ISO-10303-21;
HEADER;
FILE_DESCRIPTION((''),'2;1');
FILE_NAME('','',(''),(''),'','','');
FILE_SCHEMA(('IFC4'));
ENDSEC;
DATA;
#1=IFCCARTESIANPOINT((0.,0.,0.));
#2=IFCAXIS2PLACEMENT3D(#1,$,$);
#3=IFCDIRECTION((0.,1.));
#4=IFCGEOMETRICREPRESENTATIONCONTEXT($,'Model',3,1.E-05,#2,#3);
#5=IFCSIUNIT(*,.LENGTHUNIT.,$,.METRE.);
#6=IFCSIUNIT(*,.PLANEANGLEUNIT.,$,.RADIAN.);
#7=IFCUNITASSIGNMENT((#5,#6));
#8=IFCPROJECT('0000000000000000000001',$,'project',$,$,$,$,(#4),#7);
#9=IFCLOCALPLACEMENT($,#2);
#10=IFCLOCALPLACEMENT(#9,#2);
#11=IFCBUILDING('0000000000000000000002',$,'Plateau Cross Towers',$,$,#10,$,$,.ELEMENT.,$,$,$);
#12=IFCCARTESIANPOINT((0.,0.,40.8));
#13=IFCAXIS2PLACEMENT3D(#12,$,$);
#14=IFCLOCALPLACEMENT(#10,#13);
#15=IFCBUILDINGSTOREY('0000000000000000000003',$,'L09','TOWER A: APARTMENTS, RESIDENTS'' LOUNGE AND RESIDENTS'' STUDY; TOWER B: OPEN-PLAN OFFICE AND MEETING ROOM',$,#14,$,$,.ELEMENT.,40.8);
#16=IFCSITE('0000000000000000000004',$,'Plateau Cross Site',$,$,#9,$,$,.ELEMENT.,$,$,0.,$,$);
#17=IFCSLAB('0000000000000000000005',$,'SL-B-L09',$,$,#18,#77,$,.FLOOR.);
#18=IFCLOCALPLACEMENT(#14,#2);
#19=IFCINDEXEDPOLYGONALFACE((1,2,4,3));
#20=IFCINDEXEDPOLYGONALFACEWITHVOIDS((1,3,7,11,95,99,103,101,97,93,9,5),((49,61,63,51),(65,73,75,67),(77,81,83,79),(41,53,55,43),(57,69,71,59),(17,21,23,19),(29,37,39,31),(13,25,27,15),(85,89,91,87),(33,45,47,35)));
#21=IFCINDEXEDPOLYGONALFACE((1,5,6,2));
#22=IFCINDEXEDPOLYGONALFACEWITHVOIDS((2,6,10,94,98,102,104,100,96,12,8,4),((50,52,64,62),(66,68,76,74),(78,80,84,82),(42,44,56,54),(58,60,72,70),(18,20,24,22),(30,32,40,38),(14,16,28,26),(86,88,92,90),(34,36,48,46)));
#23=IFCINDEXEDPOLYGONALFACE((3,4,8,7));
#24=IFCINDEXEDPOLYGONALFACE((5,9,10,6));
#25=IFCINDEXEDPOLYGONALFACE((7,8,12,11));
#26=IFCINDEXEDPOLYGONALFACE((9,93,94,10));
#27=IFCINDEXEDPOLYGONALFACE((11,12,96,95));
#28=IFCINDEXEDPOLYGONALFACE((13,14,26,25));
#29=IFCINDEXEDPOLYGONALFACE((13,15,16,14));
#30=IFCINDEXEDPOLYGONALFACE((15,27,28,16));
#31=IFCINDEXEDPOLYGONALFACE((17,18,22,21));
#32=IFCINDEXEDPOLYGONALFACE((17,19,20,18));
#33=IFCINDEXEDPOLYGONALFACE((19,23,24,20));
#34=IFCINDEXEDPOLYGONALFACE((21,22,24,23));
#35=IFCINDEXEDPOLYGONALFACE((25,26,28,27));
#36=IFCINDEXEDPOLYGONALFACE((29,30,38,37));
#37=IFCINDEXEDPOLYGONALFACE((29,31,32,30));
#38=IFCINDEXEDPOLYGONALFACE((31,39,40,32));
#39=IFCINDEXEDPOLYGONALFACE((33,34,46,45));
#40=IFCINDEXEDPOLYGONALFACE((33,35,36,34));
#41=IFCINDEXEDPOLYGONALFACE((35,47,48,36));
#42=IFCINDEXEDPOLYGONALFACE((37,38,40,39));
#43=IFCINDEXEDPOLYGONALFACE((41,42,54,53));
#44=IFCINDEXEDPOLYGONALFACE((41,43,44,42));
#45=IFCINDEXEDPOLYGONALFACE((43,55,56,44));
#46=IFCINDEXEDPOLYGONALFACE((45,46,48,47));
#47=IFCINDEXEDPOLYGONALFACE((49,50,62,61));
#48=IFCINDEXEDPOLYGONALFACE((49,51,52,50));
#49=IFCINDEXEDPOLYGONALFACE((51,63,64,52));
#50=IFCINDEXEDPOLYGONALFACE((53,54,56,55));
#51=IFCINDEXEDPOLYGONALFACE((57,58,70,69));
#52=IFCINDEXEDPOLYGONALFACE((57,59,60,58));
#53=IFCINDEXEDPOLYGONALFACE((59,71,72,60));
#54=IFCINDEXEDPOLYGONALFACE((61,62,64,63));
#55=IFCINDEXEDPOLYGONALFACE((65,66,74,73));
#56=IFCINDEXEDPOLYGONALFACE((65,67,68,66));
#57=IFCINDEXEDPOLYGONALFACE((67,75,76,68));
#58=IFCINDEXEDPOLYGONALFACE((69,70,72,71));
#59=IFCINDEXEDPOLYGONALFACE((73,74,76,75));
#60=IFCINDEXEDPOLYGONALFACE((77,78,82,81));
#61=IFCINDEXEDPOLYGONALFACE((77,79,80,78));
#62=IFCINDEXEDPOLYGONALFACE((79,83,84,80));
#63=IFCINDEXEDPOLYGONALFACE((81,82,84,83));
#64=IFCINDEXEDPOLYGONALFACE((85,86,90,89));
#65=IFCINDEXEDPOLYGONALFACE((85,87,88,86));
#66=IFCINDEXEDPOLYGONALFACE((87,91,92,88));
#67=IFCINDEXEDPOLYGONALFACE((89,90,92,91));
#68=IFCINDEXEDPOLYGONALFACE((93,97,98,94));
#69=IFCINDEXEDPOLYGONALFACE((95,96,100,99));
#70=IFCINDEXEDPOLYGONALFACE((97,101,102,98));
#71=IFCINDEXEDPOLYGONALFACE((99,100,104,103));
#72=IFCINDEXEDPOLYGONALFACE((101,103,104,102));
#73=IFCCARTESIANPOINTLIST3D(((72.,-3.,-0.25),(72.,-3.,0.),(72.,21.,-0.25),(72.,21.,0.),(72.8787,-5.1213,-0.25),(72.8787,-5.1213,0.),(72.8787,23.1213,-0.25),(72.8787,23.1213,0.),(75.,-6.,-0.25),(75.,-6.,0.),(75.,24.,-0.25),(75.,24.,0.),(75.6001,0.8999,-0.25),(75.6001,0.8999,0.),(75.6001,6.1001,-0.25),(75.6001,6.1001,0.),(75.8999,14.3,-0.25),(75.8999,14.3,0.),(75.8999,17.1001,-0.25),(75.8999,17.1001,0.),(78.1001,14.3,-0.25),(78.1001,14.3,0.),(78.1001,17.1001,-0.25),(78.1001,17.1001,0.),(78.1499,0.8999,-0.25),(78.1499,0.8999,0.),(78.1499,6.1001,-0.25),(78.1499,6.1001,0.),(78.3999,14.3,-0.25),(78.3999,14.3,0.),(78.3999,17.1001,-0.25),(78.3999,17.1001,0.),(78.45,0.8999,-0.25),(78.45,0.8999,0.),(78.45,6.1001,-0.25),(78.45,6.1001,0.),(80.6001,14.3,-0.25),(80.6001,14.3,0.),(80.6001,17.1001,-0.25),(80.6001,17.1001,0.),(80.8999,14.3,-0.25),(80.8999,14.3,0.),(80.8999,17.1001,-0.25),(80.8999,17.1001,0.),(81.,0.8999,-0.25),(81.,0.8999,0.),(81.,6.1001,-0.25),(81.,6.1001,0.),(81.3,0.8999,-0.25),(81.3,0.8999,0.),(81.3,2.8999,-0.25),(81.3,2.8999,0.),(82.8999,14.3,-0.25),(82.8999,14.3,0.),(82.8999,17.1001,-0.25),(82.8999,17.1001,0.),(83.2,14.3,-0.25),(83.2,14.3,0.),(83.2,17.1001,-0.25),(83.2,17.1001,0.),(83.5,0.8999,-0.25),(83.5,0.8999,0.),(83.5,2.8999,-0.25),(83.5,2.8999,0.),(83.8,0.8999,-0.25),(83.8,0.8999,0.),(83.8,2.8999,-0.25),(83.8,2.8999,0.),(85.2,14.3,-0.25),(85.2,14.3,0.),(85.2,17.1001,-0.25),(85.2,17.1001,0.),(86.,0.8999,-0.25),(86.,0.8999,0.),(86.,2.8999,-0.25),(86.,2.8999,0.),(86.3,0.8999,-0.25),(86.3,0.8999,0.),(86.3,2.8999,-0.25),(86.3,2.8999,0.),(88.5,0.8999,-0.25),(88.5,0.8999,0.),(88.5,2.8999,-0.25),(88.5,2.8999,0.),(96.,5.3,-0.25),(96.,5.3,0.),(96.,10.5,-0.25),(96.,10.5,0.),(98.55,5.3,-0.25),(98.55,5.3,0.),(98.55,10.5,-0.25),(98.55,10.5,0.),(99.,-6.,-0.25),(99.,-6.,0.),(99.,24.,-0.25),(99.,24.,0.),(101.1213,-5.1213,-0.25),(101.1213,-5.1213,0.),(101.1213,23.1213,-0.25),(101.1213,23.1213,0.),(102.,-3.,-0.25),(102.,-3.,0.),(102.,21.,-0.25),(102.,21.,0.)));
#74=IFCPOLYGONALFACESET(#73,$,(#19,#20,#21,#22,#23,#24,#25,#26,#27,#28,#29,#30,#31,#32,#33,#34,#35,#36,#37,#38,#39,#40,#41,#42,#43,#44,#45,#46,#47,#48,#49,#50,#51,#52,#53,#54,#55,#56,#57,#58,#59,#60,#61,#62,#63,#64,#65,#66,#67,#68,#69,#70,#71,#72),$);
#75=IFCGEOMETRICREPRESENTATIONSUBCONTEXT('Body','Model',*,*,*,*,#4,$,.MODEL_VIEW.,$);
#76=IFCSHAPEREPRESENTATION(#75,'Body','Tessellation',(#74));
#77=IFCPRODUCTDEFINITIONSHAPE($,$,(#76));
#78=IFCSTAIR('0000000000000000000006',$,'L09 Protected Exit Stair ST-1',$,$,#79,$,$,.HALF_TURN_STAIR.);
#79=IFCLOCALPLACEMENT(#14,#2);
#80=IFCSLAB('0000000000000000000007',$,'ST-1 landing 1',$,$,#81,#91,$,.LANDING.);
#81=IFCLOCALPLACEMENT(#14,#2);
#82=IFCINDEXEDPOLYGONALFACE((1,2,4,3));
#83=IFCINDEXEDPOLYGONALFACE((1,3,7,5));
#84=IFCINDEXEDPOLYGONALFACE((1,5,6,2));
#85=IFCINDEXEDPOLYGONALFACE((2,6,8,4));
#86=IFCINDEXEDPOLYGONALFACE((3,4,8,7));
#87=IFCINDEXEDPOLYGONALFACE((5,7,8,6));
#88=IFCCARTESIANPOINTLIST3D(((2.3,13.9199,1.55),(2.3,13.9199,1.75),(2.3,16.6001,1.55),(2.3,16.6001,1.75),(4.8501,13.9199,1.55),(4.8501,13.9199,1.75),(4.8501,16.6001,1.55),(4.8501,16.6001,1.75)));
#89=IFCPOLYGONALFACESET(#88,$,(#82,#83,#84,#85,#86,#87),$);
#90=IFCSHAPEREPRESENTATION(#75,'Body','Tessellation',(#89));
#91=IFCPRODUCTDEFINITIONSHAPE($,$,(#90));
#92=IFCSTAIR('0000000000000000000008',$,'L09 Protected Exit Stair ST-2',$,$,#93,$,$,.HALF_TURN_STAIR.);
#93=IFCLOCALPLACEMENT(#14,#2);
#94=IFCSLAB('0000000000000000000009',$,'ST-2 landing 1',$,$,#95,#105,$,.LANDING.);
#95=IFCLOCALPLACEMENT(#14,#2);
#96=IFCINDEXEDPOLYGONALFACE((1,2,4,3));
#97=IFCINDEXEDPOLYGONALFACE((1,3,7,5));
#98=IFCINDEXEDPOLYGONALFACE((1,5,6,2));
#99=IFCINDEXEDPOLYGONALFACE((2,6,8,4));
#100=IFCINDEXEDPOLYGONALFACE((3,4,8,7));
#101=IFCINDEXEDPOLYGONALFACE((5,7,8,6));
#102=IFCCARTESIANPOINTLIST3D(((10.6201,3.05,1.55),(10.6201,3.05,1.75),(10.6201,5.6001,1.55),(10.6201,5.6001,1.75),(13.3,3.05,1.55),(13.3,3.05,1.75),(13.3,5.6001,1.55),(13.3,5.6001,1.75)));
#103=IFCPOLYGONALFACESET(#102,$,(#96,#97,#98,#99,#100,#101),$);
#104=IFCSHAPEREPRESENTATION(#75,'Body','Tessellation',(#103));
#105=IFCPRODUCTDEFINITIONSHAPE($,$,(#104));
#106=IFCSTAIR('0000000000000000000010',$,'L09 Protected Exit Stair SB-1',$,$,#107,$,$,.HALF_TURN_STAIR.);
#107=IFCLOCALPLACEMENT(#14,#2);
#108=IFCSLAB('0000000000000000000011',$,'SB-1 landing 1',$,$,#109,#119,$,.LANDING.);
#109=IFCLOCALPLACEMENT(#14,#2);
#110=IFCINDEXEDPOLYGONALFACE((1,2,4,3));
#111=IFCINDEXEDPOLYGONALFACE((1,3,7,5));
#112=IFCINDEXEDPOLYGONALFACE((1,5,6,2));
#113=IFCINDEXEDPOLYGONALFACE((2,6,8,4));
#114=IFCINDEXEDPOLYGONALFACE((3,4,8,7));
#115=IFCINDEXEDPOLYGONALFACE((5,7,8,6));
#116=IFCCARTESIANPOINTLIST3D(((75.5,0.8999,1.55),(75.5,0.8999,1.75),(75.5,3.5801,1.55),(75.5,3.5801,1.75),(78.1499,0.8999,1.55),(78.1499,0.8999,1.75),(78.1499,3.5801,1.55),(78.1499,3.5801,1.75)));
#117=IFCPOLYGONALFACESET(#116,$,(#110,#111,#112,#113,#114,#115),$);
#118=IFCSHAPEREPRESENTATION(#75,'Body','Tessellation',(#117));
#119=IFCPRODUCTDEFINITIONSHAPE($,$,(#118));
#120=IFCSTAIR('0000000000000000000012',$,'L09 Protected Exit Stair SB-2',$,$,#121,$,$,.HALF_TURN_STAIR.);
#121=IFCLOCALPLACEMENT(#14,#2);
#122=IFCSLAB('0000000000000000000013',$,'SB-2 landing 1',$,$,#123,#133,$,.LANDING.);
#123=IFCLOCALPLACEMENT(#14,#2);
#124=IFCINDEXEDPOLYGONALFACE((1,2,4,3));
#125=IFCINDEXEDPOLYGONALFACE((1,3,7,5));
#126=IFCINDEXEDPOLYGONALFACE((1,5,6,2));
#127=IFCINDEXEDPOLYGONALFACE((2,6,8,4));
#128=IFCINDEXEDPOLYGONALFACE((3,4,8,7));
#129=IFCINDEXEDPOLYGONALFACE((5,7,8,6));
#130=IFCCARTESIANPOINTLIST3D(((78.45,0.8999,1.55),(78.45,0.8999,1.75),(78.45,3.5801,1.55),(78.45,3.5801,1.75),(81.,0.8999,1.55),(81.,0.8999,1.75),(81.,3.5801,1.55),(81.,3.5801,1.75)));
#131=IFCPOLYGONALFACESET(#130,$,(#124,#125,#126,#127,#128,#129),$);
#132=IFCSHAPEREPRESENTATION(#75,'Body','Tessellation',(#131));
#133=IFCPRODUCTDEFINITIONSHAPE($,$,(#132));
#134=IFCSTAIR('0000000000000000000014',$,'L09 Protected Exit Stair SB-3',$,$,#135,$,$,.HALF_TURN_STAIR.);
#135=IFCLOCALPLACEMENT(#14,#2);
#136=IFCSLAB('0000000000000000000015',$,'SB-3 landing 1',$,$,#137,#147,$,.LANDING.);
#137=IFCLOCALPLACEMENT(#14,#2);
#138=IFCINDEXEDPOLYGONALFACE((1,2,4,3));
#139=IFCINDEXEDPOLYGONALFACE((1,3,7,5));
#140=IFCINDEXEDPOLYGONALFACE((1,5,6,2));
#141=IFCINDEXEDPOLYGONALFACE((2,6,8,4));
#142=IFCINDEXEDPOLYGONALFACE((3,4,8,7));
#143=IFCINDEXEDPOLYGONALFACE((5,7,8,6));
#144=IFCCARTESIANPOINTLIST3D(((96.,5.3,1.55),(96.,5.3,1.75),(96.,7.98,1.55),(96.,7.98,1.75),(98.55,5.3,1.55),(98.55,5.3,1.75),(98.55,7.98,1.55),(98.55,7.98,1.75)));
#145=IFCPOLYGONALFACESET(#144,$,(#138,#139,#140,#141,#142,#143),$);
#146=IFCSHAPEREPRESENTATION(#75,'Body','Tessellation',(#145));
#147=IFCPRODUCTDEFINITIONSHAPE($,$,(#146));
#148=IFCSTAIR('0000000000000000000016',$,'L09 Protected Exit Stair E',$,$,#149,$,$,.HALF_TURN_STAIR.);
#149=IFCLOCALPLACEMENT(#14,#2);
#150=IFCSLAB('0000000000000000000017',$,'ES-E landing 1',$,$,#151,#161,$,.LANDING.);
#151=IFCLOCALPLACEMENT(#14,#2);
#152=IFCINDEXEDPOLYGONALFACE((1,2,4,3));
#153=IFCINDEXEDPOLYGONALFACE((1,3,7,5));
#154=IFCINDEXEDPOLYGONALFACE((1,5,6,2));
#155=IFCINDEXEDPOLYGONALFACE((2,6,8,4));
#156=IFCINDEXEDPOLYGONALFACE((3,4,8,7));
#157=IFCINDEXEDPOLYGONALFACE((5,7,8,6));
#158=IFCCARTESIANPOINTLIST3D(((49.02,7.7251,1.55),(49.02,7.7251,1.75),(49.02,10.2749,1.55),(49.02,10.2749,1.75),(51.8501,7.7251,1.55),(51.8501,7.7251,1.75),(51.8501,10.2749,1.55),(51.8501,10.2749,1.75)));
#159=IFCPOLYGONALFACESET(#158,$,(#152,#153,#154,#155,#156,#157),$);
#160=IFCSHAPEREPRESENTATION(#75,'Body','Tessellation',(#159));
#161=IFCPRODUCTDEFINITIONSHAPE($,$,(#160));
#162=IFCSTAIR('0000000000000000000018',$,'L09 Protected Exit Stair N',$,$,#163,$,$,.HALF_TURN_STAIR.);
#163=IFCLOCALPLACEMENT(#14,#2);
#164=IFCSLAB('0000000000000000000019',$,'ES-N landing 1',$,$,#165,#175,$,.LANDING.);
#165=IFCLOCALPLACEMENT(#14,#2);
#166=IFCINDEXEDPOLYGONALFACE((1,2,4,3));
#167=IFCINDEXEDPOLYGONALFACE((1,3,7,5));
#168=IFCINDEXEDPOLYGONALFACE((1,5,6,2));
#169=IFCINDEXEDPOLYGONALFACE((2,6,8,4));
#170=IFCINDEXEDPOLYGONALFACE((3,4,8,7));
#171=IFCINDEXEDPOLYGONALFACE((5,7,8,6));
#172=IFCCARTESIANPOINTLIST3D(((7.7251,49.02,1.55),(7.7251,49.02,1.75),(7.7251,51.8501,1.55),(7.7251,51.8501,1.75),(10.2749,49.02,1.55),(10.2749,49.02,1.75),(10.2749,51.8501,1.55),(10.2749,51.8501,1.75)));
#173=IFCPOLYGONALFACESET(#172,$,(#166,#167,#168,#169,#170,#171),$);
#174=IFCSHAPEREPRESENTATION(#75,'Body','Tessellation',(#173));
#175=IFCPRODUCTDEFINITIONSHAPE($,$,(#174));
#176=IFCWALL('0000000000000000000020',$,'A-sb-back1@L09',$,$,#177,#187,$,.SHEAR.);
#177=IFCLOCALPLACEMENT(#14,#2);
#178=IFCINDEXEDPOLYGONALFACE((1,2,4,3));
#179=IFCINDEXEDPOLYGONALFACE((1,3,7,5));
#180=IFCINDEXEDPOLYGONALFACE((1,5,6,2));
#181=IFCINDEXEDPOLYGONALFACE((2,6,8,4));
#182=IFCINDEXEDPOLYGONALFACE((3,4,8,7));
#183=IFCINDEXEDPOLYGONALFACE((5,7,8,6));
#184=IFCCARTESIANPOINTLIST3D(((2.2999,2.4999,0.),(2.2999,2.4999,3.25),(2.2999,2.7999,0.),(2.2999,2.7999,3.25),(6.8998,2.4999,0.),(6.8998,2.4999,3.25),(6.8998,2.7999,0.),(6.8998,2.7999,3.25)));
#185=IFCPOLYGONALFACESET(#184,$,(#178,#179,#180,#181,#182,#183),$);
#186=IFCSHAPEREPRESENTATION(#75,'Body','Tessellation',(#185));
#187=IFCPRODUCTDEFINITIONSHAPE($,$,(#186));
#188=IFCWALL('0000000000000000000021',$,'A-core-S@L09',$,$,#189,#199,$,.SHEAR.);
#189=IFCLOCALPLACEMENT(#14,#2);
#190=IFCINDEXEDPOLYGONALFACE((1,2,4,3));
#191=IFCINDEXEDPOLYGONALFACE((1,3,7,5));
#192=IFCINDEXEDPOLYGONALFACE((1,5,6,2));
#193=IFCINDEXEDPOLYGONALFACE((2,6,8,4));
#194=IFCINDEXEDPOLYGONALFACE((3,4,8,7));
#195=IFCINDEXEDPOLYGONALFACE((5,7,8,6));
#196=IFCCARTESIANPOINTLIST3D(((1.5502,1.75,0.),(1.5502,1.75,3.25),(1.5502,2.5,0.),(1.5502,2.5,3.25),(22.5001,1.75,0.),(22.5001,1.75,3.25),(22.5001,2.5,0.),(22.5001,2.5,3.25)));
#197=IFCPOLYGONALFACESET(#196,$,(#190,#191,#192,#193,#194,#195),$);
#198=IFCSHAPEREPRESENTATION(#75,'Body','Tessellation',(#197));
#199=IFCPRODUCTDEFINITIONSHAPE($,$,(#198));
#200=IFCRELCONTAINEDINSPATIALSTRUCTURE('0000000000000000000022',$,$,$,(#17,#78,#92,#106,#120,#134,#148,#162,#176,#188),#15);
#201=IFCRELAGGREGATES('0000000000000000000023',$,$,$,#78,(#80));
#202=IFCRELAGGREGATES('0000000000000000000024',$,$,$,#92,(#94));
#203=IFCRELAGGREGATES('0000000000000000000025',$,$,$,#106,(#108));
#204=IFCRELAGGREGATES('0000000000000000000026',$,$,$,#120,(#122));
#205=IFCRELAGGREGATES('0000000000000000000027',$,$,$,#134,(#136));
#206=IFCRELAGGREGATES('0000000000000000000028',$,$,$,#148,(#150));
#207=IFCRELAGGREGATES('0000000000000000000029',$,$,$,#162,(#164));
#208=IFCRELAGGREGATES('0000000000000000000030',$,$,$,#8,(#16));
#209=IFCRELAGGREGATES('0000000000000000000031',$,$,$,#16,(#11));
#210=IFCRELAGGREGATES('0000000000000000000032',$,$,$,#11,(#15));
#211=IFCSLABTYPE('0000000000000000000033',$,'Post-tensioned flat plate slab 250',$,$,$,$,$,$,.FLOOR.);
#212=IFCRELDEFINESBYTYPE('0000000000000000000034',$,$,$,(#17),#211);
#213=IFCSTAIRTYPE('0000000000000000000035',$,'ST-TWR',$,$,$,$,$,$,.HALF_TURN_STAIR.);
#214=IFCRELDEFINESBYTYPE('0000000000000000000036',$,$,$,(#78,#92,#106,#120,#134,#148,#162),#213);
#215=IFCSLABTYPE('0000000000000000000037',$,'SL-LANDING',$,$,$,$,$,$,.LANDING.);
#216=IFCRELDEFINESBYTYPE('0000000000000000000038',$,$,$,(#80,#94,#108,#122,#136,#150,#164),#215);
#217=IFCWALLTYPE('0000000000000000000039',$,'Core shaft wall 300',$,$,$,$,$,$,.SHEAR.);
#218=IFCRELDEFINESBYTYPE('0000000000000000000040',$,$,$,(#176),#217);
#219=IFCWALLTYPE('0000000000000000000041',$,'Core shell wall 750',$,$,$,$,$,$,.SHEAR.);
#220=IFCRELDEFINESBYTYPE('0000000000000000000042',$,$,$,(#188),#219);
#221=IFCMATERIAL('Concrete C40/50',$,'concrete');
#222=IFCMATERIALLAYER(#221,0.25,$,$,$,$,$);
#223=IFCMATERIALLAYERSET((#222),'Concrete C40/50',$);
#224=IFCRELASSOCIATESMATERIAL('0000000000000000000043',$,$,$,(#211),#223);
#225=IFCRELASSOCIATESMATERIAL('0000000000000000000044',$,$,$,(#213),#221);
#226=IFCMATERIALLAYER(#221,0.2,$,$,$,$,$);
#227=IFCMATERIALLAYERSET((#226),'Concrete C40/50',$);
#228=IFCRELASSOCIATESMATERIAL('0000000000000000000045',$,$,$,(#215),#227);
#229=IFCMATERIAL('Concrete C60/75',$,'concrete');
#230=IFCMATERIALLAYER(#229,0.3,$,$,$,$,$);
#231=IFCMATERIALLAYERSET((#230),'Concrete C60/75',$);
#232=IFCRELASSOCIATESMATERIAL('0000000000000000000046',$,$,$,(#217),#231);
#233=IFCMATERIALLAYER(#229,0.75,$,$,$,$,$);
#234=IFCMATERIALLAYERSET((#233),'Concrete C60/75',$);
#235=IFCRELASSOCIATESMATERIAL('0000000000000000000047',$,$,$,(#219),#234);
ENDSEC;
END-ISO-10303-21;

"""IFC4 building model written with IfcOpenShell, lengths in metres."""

from ifc_helpers import new_model, si_unit, direction, frame, frame_2d, origin, place, context, subcontext, project, spatial, polyline, rectangle, outline, extrude, material, layer, layer_set, type_object, element, aggregate, save


model = new_model("IFC4")

# Units and contexts
model_context = context("Model", 3, precision=1e-05, world=origin(), true_north=direction((0.0, 1.0)))
body_context = subcontext(model_context, "Body", "Model", "MODEL_VIEW")
ifc_project = project(units=[si_unit("LENGTHUNIT", "METRE"), si_unit("PLANEANGLEUNIT", "RADIAN")], contexts=[model_context])

# Site, building, storey
site_placement = place(None, origin())
site = spatial("IfcSite", under=ifc_project, at=site_placement, Name="Plateau Cross Site", CompositionType="ELEMENT", RefElevation=0.0)
building_placement = place(site_placement, origin())
building = spatial("IfcBuilding", under=site, at=building_placement, Name="Plateau Cross Towers", CompositionType="ELEMENT")
storey_placement = place(building_placement, frame((0.0, 0.0, 40.8)))
storey = spatial("IfcBuildingStorey", under=building, at=storey_placement, Name="L09", Description="TOWER A: APARTMENTS, RESIDENTS' LOUNGE AND RESIDENTS' STUDY; TOWER B: OPEN-PLAN OFFICE AND MEETING ROOM", CompositionType="ELEMENT", Elevation=40.8)

# Shared definitions
ifc_material_1 = material(Name="Concrete C60/75", Category="concrete")

# Shared definitions
ifc_material_2 = material(Name="Concrete C40/50", Category="concrete")

# Slab
ifc_layer_1 = layer(ifc_material_2, 0.25)
ifc_layer_set_1 = layer_set([ifc_layer_1], Name="Concrete C40/50")
slab_type_1 = type_object("IfcSlabType", Name="Post-tensioned flat plate slab 250", PredefinedType="FLOOR", material=ifc_layer_set_1)
slab_1_placement = place(storey_placement, frame((0.0, 0.0, -0.25)))
element("IfcSlab", 1, at=slab_1_placement, inside=storey, type_object=slab_type_1, Name="SL-B-L09", PredefinedType="FLOOR", context=body_context, shape_type="SweptSolid", body=[
    extrude(outline(polyline([(72.8787, -5.1213), (72.0, -3.0), (72.0, 21.0), (72.8787, 23.1213), (75.0, 24.0), (99.0, 24.0), (101.1213, 23.1213), (102.0, 21.0), (102.0, -3.0), (101.1213, -5.1213), (99.0, -6.0), (75.0, -6.0), (72.8787, -5.1213)]), holes=[polyline([(75.6001, 0.8999), (78.1499, 0.8999), (78.1499, 6.1001), (75.6001, 6.1001), (75.6001, 0.8999)]), polyline([(78.1001, 14.3), (78.1001, 17.1001), (75.8999, 17.1001), (75.8999, 14.3), (78.1001, 14.3)]), polyline([(83.5, 0.8999), (83.5, 2.8999), (81.3, 2.8999), (81.3, 0.8999), (83.5, 0.8999)]), polyline([(86.0, 0.8999), (86.0, 2.8999), (83.8, 2.8999), (83.8, 0.8999), (86.0, 0.8999)]), polyline([(88.5, 0.8999), (88.5, 2.8999), (86.3, 2.8999), (86.3, 0.8999), (88.5, 0.8999)]), polyline([(78.45, 0.8999), (81.0, 0.8999), (81.0, 6.1001), (78.45, 6.1001), (78.45, 0.8999)]), polyline([(96.0, 5.3), (98.55, 5.3), (98.55, 10.5), (96.0, 10.5), (96.0, 5.3)]), polyline([(80.6001, 14.3), (80.6001, 17.1001), (78.3999, 17.1001), (78.3999, 14.3), (80.6001, 14.3)]), polyline([(80.8999, 14.3), (82.8999, 14.3), (82.8999, 17.1001), (80.8999, 17.1001), (80.8999, 14.3)]), polyline([(83.2, 14.3), (85.2, 14.3), (85.2, 17.1001), (83.2, 17.1001), (83.2, 14.3)])]), origin(), (0.0, 0.0, 1.0), 0.25),
])

# Stairs, slabs
stair_type = type_object("IfcStairType", Name="ST-TWR", PredefinedType="HALF_TURN_STAIR", material=ifc_material_2)
stair_1_placement = place(storey_placement, origin())
stair_1 = element("IfcStair", 2, at=stair_1_placement, inside=storey, type_object=stair_type, Name="L09 Protected Exit Stair ST-1", PredefinedType="HALF_TURN_STAIR")
ifc_layer_2 = layer(ifc_material_2, 0.2)
ifc_layer_set_2 = layer_set([ifc_layer_2], Name="Concrete C40/50")
slab_type_2 = type_object("IfcSlabType", Name="SL-LANDING", PredefinedType="LANDING", material=ifc_layer_set_2)
slab_2_placement = place(storey_placement, frame((0.0, 0.0, 1.55)))
slab_2 = element("IfcSlab", 3, at=slab_2_placement, type_object=slab_type_2, Name="ST-1 landing 1", PredefinedType="LANDING", context=body_context, shape_type="SweptSolid", body=[
    extrude(outline(polyline([(4.8501, 13.9199), (4.8501, 16.6001), (2.3, 16.6001), (2.3, 13.9199), (4.8501, 13.9199)])), origin(), (0.0, 0.0, 1.0), 0.2),
])
aggregate(stair_1, [slab_2])
stair_2_placement = place(storey_placement, origin())
stair_2 = element("IfcStair", 4, at=stair_2_placement, inside=storey, type_object=stair_type, Name="L09 Protected Exit Stair ST-2", PredefinedType="HALF_TURN_STAIR")
slab_3_placement = place(storey_placement, frame((0.0, 0.0, 1.55)))
slab_3 = element("IfcSlab", 5, at=slab_3_placement, type_object=slab_type_2, Name="ST-2 landing 1", PredefinedType="LANDING", context=body_context, shape_type="SweptSolid", body=[
    extrude(outline(polyline([(10.6201, 3.05), (13.3, 3.05), (13.3, 5.6001), (10.6201, 5.6001), (10.6201, 3.05)])), origin(), (0.0, 0.0, 1.0), 0.2),
])
aggregate(stair_2, [slab_3])
stair_3_placement = place(storey_placement, origin())
stair_3 = element("IfcStair", 6, at=stair_3_placement, inside=storey, type_object=stair_type, Name="L09 Protected Exit Stair SB-1", PredefinedType="HALF_TURN_STAIR")
slab_4_placement = place(storey_placement, frame((0.0, 0.0, 1.55)))
slab_4 = element("IfcSlab", 7, at=slab_4_placement, type_object=slab_type_2, Name="SB-1 landing 1", PredefinedType="LANDING", context=body_context, shape_type="SweptSolid", body=[
    extrude(outline(polyline([(75.5, 3.5801), (75.5, 0.8999), (78.1499, 0.8999), (78.1499, 3.5801), (75.5, 3.5801)])), origin(), (0.0, 0.0, 1.0), 0.2),
])
aggregate(stair_3, [slab_4])
stair_4_placement = place(storey_placement, origin())
stair_4 = element("IfcStair", 8, at=stair_4_placement, inside=storey, type_object=stair_type, Name="L09 Protected Exit Stair SB-2", PredefinedType="HALF_TURN_STAIR")
slab_5_placement = place(storey_placement, frame((0.0, 0.0, 1.55)))
slab_5 = element("IfcSlab", 9, at=slab_5_placement, type_object=slab_type_2, Name="SB-2 landing 1", PredefinedType="LANDING", context=body_context, shape_type="SweptSolid", body=[
    extrude(outline(polyline([(78.45, 3.5801), (78.45, 0.8999), (81.0, 0.8999), (81.0, 3.5801), (78.45, 3.5801)])), origin(), (0.0, 0.0, 1.0), 0.2),
])
aggregate(stair_4, [slab_5])
stair_5_placement = place(storey_placement, origin())
stair_5 = element("IfcStair", 10, at=stair_5_placement, inside=storey, type_object=stair_type, Name="L09 Protected Exit Stair SB-3", PredefinedType="HALF_TURN_STAIR")
slab_6_placement = place(storey_placement, frame((0.0, 0.0, 1.55)))
slab_6 = element("IfcSlab", 11, at=slab_6_placement, type_object=slab_type_2, Name="SB-3 landing 1", PredefinedType="LANDING", context=body_context, shape_type="SweptSolid", body=[
    extrude(outline(polyline([(96.0, 7.98), (96.0, 5.3), (98.55, 5.3), (98.55, 7.98), (96.0, 7.98)])), origin(), (0.0, 0.0, 1.0), 0.2),
])
aggregate(stair_5, [slab_6])
stair_6_placement = place(storey_placement, origin())
stair_6 = element("IfcStair", 12, at=stair_6_placement, inside=storey, type_object=stair_type, Name="L09 Protected Exit Stair E", PredefinedType="HALF_TURN_STAIR")
slab_7_placement = place(storey_placement, frame((0.0, 0.0, 1.55)))
slab_7 = element("IfcSlab", 13, at=slab_7_placement, type_object=slab_type_2, Name="ES-E landing 1", PredefinedType="LANDING", context=body_context, shape_type="SweptSolid", body=[
    extrude(outline(polyline([(49.02, 7.7251), (51.8501, 7.7251), (51.8501, 10.2749), (49.02, 10.2749), (49.02, 7.7251)])), origin(), (0.0, 0.0, 1.0), 0.2),
])
aggregate(stair_6, [slab_7])
stair_7_placement = place(storey_placement, origin())
stair_7 = element("IfcStair", 14, at=stair_7_placement, inside=storey, type_object=stair_type, Name="L09 Protected Exit Stair N", PredefinedType="HALF_TURN_STAIR")
slab_8_placement = place(storey_placement, frame((0.0, 0.0, 1.55)))
slab_8 = element("IfcSlab", 15, at=slab_8_placement, type_object=slab_type_2, Name="ES-N landing 1", PredefinedType="LANDING", context=body_context, shape_type="SweptSolid", body=[
    extrude(outline(polyline([(10.2749, 49.02), (10.2749, 51.8501), (7.7251, 51.8501), (7.7251, 49.02), (10.2749, 49.02)])), origin(), (0.0, 0.0, 1.0), 0.2),
])
aggregate(stair_7, [slab_8])

# Walls
ifc_layer_3 = layer(ifc_material_1, 0.3)
ifc_layer_set_3 = layer_set([ifc_layer_3], Name="Concrete C60/75")
wall_type_1 = type_object("IfcWallType", Name="Core shaft wall 300", PredefinedType="SHEAR", material=ifc_layer_set_3)
wall_1_placement = place(storey_placement, frame((2.3, 2.6499, 0.0), z_axis=(0.0, 0.0, 1.0), x_axis=(1.0, 0.0, 0.0)))
element("IfcWall", 16, at=wall_1_placement, inside=storey, type_object=wall_type_1, Name="A-sb-back1@L09", PredefinedType="SHEAR", context=body_context, shape_type="SweptSolid", body=[
    extrude(rectangle(XDim=4.5999, YDim=0.3, at=frame_2d((2.2998, 0.0))), origin(), (0.0, 0.0, 1.0), 3.25),
])
ifc_layer_4 = layer(ifc_material_1, 0.75)
ifc_layer_set_4 = layer_set([ifc_layer_4], Name="Concrete C60/75")
wall_type_2 = type_object("IfcWallType", Name="Core shell wall 750", PredefinedType="SHEAR", material=ifc_layer_set_4)
wall_2_placement = place(storey_placement, frame((1.55, 2.125, 0.0), z_axis=(0.0, 0.0, 1.0), x_axis=(1.0, 0.0, 0.0)))
element("IfcWall", 17, at=wall_2_placement, inside=storey, type_object=wall_type_2, Name="A-core-S@L09", PredefinedType="SHEAR", context=body_context, shape_type="SweptSolid", body=[
    extrude(rectangle(XDim=20.95, YDim=0.75, at=frame_2d((10.4751, 0.0))), origin(), (0.0, 0.0, 1.0), 3.25),
])

save(model, "model.ifc")
